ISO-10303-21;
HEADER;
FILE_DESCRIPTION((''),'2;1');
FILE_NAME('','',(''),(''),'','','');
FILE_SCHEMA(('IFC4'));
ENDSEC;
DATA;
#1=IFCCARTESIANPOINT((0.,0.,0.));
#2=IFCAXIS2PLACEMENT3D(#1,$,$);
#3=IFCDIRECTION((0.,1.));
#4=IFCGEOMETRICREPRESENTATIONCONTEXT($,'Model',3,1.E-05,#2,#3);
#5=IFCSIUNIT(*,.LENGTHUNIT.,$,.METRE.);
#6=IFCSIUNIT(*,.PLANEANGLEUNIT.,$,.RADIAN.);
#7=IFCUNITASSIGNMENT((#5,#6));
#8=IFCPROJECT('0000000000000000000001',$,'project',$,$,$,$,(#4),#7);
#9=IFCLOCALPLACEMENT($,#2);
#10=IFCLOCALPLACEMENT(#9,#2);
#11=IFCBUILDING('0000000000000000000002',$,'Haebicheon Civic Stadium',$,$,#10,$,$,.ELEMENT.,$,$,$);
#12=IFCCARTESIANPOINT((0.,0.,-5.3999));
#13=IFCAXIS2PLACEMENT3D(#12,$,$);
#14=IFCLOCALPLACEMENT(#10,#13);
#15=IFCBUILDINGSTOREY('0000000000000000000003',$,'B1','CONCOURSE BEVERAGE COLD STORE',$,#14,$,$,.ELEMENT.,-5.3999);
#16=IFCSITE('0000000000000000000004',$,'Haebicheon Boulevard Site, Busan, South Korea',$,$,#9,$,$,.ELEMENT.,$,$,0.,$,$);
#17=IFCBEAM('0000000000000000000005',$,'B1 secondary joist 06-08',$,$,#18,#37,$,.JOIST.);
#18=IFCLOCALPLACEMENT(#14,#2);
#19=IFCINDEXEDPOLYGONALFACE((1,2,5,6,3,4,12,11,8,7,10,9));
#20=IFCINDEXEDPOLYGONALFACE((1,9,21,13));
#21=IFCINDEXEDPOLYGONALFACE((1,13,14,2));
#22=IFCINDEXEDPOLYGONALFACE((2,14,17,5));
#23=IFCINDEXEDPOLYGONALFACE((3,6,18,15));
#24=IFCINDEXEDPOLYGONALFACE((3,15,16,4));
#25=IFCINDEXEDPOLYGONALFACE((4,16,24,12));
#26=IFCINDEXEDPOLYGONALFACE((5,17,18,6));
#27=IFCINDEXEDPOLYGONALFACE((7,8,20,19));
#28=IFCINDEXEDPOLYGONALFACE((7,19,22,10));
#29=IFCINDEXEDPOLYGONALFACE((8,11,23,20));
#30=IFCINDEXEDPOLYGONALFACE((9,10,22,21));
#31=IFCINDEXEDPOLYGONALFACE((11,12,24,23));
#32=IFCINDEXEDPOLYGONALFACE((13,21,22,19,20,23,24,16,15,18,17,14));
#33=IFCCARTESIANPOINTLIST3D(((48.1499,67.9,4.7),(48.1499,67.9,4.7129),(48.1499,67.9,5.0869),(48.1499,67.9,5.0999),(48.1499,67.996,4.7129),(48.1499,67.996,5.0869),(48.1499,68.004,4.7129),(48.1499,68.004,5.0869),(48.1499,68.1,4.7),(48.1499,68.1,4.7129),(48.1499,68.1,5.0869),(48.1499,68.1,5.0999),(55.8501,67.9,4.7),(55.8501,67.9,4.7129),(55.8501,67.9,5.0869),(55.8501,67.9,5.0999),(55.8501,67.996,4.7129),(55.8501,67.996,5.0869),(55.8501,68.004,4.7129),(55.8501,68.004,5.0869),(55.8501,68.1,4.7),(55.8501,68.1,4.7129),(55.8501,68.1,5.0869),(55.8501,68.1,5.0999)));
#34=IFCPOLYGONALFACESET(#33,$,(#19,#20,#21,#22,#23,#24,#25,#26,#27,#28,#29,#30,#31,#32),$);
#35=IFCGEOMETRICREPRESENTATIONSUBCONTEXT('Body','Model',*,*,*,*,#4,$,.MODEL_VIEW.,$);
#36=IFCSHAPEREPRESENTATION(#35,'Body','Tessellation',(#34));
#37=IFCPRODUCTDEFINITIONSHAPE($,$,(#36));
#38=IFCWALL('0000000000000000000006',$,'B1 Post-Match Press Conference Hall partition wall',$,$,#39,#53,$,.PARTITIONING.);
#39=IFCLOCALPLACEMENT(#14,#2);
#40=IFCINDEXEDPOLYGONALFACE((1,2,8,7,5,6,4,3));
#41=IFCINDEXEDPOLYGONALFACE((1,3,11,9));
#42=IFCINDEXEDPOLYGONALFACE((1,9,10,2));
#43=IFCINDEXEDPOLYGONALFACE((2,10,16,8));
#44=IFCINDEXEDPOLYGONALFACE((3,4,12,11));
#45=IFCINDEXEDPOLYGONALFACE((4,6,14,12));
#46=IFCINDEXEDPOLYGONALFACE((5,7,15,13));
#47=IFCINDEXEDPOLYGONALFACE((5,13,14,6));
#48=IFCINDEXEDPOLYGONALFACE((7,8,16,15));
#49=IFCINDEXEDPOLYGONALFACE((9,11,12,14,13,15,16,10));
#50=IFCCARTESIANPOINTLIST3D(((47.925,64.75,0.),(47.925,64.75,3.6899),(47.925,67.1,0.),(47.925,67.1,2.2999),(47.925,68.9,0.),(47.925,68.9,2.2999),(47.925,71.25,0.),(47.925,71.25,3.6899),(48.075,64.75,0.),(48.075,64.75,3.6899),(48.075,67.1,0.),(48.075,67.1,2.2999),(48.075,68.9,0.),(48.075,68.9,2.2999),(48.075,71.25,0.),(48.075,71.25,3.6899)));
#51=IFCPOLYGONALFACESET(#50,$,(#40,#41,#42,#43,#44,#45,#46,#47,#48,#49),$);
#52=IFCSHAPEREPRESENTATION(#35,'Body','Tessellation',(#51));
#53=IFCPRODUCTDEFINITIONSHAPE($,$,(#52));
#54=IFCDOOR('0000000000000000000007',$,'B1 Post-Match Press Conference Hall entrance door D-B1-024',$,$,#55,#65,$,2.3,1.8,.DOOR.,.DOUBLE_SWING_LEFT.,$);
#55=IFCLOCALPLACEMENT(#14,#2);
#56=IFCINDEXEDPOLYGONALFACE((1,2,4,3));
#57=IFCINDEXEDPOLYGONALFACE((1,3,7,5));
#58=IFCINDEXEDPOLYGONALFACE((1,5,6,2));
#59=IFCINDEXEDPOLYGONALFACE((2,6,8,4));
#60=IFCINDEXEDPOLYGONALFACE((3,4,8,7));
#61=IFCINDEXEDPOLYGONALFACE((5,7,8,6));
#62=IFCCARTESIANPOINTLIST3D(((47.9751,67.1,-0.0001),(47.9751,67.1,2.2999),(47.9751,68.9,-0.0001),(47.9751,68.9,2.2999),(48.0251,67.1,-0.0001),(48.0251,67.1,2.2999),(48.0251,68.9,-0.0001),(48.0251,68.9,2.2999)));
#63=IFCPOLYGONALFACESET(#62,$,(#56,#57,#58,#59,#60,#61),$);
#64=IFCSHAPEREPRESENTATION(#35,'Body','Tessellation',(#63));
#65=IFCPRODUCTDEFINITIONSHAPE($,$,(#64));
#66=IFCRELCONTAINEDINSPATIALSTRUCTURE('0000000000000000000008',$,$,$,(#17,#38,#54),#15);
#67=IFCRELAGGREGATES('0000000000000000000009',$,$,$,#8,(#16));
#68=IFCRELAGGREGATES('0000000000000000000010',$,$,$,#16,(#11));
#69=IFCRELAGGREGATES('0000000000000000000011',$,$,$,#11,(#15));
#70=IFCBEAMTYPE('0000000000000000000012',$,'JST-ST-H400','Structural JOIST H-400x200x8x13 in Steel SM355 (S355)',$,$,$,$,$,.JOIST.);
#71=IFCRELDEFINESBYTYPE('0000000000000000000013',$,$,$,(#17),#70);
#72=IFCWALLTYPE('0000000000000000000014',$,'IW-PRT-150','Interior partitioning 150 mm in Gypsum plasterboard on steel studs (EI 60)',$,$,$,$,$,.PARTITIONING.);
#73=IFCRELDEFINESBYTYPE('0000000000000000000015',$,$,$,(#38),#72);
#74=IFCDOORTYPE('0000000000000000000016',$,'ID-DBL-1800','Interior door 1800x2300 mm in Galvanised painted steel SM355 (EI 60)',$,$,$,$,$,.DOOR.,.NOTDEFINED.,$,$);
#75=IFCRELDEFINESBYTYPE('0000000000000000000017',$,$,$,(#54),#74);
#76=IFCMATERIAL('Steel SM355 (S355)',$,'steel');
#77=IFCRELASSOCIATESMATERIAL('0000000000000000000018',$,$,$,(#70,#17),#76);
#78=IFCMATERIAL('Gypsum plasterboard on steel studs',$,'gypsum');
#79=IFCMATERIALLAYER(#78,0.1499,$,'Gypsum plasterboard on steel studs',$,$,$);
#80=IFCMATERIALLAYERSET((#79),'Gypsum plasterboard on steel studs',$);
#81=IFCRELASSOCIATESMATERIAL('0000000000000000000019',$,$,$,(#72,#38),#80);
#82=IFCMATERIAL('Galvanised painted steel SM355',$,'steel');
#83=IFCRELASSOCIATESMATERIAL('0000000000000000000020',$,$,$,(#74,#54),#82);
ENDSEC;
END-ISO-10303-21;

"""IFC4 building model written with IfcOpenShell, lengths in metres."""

from ifc_helpers import new_model, si_unit, direction, frame, frame_2d, origin, origin_2d, place, context, subcontext, project, spatial, rectangle, i_section, extrude, material, layer, layer_set, material_profile, profile_set, type_object, element, fill, save


model = new_model("IFC4")

# Units and contexts
model_context = context("Model", 3, precision=1e-05, world=origin(), true_north=direction((0.0, 1.0)))
body_context = subcontext(model_context, "Body", "Model", "MODEL_VIEW")
ifc_project = project(units=[si_unit("LENGTHUNIT", "METRE"), si_unit("PLANEANGLEUNIT", "RADIAN")], contexts=[model_context])

# Site, building, storey
site_placement = place(None, origin())
site = spatial("IfcSite", under=ifc_project, at=site_placement, Name="Haebicheon Boulevard Site, Busan, South Korea", CompositionType="ELEMENT", RefElevation=0.0)
building_placement = place(site_placement, origin())
building = spatial("IfcBuilding", under=site, at=building_placement, Name="Haebicheon Civic Stadium", CompositionType="ELEMENT")
storey_placement = place(building_placement, frame((0.0, 0.0, -5.3999)))
storey = spatial("IfcBuildingStorey", under=building, at=storey_placement, Name="B1", Description="CONCOURSE BEVERAGE COLD STORE", CompositionType="ELEMENT", Elevation=-5.3999)

# Beam
ifc_material_1 = material(Name="Steel SM355 (S355)", Category="steel")
ifc_material_profile_1 = material_profile(ifc_material_1, i_section(OverallWidth=0.2, OverallDepth=0.3999, WebThickness=0.0081, FlangeThickness=0.0129, at=origin_2d()), Name="H-400x200x8x13")
ifc_profile_set_1 = profile_set([ifc_material_profile_1], Name="Steel SM355 (S355)")
beam_type_1 = type_object("IfcBeamType", Name="JST-ST-H400", Description="Structural JOIST H-400x200x8x13 in Steel SM355 (S355)", PredefinedType="JOIST", material=ifc_profile_set_1)
for number, where, z_axis, x_axis, name in (
    (1, (48.1499, 68.0, 4.8999), (1.0, 0.0, 0.0), (0.0, 1.0, 0.0), "B1 secondary joist 06-08"),
):
    element("IfcBeam", number, at=place(storey_placement, frame(where, z_axis=z_axis, x_axis=x_axis)), inside=storey, type_object=beam_type_1, material=ifc_profile_set_1, Name=name, PredefinedType="JOIST", context=body_context, shape_type="SweptSolid", body=[
        extrude(i_section(OverallWidth=0.2, OverallDepth=0.3999, WebThickness=0.0081, FlangeThickness=0.0129, at=origin_2d()), origin(), (0.0, 0.0, 1.0), 7.7002),
    ])

# Wall, opening, door
ifc_material_2 = material(Name="Gypsum plasterboard on steel studs", Category="gypsum")
ifc_layer_1 = layer(ifc_material_2, 0.1499, Name="Gypsum plasterboard on steel studs")
ifc_layer_set_1 = layer_set([ifc_layer_1], Name="Gypsum plasterboard on steel studs")
wall_type = type_object("IfcWallType", Name="IW-PRT-150", Description="Interior partitioning 150 mm in Gypsum plasterboard on steel studs (EI 60)", PredefinedType="PARTITIONING", material=ifc_layer_set_1)
wall_placement = place(storey_placement, frame((48.0, 64.75, 0.0), z_axis=(0.0, 0.0, 1.0), x_axis=(0.0, 1.0, 0.0)))
wall = element("IfcWall", 2, at=wall_placement, inside=storey, type_object=wall_type, material=ifc_layer_set_1, Name="B1 Post-Match Press Conference Hall partition wall", PredefinedType="PARTITIONING", context=body_context, shape_type="SweptSolid", body=[
    extrude(rectangle(XDim=6.5, YDim=0.1499, at=frame_2d((3.25, 0.0))), origin(), (0.0, 0.0, 1.0), 3.6899),
])
opening_placement = place(wall_placement, frame((2.3501, 0.0, 0.0)))
opening = element("IfcOpeningElement", 3, at=opening_placement, cuts=wall, PredefinedType="OPENING", context=body_context, shape_type="SweptSolid", body=[
    extrude(rectangle(XDim=1.8, YDim=2.3, at=frame_2d((0.8999, 1.1499))), frame((0.0, 0.085, 0.0), z_axis=(0.0, -1.0, 0.0), x_axis=(1.0, 0.0, 0.0)), (0.0, 0.0, 1.0), 0.1699),
])
ifc_material_3 = material(Name="Galvanised painted steel SM355", Category="steel")
door_type = type_object("IfcDoorType", Name="ID-DBL-1800", Description="Interior door 1800x2300 mm in Galvanised painted steel SM355 (EI 60)", OperationType="NOTDEFINED", PredefinedType="DOOR", material=ifc_material_3)
door_placement = place(opening_placement, origin())
door = element("IfcDoor", 4, at=door_placement, inside=storey, type_object=door_type, material=ifc_material_3, Name="B1 Post-Match Press Conference Hall entrance door D-B1-024", OperationType="DOUBLE_SWING_LEFT", OverallHeight=2.3, OverallWidth=1.8, PredefinedType="DOOR", context=body_context, shape_type="SweptSolid", body=[
    extrude(rectangle(XDim=1.8, YDim=2.3, at=frame_2d((0.8999, 1.1499))), frame((0.0, 0.0249, 0.0), z_axis=(0.0, -1.0, 0.0), x_axis=(1.0, 0.0, 0.0)), (0.0, 0.0, 1.0), 0.05),
])
fill(opening, door)

save(model, "model.ifc")
